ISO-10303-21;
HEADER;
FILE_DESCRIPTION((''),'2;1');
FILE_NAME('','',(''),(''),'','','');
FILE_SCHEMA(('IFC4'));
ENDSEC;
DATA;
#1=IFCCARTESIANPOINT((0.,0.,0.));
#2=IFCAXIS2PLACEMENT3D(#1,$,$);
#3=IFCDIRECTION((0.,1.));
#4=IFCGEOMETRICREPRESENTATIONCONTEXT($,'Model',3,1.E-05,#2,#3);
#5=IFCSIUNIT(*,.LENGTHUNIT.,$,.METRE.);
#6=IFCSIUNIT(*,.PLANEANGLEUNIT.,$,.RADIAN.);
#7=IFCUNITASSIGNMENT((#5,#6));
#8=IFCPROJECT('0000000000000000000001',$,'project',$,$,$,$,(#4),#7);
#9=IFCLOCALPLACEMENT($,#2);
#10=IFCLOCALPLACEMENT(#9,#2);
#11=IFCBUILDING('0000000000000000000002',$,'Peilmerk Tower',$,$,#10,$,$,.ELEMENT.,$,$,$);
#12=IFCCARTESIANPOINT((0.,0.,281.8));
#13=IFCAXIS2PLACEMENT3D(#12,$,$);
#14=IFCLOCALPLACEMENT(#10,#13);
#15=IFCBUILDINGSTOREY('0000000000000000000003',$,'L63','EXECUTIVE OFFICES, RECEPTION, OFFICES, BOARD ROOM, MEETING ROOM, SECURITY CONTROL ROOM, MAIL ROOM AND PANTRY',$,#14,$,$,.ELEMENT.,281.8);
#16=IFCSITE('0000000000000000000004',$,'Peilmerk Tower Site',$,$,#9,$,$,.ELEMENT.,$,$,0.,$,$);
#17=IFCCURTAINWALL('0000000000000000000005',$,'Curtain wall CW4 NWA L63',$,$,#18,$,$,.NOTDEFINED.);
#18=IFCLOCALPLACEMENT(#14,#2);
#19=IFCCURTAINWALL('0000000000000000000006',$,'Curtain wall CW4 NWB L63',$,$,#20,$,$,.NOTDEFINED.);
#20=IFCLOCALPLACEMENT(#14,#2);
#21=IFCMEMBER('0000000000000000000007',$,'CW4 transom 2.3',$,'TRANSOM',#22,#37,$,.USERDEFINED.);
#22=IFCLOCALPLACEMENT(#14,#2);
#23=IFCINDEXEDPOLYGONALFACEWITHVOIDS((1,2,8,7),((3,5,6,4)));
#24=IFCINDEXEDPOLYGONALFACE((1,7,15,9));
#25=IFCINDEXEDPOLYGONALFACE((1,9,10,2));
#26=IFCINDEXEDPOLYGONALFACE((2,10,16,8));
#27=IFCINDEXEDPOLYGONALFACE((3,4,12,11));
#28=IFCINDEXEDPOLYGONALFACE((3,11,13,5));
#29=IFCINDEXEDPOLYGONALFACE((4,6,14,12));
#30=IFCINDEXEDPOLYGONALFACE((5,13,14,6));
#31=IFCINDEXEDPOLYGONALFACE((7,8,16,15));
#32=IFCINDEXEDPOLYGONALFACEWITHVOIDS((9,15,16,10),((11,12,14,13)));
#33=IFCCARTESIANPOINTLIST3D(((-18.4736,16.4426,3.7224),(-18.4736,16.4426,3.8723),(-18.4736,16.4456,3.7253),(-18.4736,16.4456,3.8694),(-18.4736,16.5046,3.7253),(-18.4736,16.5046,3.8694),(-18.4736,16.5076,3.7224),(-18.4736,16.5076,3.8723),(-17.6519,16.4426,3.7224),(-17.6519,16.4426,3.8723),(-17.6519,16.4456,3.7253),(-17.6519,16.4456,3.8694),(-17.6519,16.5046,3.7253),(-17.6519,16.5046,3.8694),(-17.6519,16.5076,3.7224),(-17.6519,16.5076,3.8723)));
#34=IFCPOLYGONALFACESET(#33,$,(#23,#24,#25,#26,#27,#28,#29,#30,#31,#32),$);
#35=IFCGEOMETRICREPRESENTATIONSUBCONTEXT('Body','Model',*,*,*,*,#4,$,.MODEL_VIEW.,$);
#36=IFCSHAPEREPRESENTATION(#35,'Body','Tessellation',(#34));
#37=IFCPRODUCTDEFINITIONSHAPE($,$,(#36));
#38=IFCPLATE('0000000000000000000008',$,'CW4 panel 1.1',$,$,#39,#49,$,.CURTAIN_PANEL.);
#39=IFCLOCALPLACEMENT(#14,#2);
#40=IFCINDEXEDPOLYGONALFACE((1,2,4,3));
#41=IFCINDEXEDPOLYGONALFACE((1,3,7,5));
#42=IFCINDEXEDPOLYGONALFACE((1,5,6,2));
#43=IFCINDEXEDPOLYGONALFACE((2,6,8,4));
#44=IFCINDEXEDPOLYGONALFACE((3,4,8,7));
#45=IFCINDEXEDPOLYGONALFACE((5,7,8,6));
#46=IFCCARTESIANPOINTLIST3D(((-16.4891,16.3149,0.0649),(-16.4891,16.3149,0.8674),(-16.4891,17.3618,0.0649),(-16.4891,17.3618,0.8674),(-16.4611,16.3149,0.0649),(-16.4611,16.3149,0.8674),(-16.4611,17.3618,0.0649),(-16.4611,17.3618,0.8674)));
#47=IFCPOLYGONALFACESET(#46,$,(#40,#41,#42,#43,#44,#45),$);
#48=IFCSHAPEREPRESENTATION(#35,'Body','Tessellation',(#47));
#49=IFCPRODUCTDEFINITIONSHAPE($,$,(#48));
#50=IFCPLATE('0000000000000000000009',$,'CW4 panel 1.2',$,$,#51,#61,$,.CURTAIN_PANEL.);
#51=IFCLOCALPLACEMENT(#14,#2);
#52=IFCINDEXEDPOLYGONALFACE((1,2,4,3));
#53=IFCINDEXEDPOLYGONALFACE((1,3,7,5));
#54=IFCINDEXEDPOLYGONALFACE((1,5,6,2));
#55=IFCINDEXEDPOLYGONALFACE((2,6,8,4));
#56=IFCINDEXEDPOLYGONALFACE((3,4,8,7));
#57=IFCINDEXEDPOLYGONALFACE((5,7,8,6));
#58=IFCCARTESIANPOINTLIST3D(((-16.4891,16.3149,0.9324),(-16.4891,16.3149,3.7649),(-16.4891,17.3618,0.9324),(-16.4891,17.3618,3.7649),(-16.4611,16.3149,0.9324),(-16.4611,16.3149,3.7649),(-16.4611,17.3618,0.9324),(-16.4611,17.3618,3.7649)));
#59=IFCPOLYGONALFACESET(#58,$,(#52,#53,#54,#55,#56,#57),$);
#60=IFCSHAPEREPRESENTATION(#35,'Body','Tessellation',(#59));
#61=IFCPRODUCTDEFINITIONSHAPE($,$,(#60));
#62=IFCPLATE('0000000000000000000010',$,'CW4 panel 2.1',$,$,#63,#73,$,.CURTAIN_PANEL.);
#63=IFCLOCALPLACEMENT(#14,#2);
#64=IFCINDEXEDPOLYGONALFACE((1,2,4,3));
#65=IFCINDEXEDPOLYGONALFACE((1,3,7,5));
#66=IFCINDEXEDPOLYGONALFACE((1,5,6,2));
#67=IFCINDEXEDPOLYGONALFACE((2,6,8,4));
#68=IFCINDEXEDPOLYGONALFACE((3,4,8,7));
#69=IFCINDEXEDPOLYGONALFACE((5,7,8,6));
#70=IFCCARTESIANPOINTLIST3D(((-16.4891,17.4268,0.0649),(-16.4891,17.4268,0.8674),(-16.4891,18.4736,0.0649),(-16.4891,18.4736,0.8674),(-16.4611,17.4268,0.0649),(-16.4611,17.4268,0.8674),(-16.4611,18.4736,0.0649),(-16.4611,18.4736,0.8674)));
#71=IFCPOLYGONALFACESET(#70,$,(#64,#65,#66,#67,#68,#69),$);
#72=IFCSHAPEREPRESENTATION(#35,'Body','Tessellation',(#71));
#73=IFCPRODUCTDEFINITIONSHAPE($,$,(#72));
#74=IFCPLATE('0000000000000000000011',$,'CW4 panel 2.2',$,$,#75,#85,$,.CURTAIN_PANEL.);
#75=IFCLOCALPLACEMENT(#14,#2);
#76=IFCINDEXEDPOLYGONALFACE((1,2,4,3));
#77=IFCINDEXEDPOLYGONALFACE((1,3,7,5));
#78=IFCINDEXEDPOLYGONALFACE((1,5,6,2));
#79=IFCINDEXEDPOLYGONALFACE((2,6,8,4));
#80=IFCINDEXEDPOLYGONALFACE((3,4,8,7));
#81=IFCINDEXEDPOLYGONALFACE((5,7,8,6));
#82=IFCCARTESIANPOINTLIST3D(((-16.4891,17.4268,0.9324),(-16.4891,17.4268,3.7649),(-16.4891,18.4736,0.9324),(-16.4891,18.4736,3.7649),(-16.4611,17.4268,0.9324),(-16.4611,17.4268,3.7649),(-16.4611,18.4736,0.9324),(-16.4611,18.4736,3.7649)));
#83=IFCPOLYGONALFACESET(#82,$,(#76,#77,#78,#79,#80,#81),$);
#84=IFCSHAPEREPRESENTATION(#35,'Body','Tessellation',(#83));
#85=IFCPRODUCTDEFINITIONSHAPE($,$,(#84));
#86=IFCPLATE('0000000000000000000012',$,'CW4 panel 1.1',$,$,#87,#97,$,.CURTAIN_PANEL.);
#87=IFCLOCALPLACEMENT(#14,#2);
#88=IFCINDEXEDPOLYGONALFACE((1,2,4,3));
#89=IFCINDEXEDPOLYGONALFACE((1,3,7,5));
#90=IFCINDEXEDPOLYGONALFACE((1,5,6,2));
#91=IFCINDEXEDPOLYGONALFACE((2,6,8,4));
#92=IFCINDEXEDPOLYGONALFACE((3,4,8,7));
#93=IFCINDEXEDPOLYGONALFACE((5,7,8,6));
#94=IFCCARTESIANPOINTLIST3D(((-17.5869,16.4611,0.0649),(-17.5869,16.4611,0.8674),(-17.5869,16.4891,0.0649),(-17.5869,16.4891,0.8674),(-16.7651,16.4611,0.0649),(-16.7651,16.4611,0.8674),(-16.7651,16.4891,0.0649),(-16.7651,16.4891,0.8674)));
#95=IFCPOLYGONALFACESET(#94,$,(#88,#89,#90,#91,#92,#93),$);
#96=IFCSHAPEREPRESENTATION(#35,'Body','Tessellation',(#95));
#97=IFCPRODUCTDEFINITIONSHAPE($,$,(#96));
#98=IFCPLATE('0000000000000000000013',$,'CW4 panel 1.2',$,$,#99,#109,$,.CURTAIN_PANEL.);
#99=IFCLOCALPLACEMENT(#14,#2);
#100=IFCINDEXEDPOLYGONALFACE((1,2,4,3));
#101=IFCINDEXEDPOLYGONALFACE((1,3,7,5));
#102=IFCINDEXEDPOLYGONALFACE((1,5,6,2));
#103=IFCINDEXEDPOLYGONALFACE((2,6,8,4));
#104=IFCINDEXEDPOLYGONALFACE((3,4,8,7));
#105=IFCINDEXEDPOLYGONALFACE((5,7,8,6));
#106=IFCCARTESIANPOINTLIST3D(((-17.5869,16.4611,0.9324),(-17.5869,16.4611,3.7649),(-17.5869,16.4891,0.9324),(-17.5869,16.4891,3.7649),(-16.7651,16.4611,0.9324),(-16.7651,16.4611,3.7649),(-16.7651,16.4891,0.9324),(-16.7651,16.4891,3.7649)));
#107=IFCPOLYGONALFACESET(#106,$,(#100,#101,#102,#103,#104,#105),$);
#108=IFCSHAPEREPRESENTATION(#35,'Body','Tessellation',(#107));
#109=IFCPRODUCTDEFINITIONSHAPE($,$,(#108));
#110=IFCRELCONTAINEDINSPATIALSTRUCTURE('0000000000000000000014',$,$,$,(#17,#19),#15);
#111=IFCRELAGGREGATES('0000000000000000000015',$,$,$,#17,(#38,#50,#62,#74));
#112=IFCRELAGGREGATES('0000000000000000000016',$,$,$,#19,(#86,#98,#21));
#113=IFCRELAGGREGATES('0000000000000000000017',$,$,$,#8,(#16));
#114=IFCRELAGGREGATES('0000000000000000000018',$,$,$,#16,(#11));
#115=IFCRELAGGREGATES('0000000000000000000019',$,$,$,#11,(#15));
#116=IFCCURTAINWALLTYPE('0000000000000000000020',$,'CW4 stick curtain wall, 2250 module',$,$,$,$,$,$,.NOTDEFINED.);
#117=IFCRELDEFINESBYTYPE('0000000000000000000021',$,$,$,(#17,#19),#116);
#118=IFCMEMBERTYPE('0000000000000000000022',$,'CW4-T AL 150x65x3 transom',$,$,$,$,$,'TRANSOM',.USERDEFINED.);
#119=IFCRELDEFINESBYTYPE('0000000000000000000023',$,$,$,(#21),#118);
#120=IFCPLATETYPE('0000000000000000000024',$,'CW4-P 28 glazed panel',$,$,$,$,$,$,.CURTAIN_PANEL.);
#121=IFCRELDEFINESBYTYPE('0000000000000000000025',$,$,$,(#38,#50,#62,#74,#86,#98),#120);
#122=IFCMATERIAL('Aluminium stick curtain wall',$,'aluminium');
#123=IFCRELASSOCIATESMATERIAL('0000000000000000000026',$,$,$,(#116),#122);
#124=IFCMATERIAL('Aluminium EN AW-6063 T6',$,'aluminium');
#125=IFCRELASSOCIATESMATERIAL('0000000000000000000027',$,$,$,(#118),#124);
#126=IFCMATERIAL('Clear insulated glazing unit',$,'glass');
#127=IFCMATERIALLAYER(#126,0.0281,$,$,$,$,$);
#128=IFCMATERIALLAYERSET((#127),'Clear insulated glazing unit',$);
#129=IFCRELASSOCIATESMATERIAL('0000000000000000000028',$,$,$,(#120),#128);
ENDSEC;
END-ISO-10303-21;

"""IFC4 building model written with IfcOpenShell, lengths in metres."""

from ifc_helpers import new_model, si_unit, direction, frame, origin, origin_2d, place, context, subcontext, project, spatial, rectangle, hollow_rectangle, extrude, material, layer, layer_set, material_profile, profile_set, type_object, element, aggregate, save


model = new_model("IFC4")

# Units and contexts
model_context = context("Model", 3, precision=1e-05, world=origin(), true_north=direction((0.0, 1.0)))
body_context = subcontext(model_context, "Body", "Model", "MODEL_VIEW")
ifc_project = project(units=[si_unit("LENGTHUNIT", "METRE"), si_unit("PLANEANGLEUNIT", "RADIAN")], contexts=[model_context])

# Site, building, storey
site_placement = place(None, origin())
site = spatial("IfcSite", under=ifc_project, at=site_placement, Name="Peilmerk Tower Site", CompositionType="ELEMENT", RefElevation=0.0)
building_placement = place(site_placement, origin())
building = spatial("IfcBuilding", under=site, at=building_placement, Name="Peilmerk Tower", CompositionType="ELEMENT")
storey_placement = place(building_placement, frame((0.0, 0.0, 281.8)))
storey = spatial("IfcBuildingStorey", under=building, at=storey_placement, Name="L63", Description="EXECUTIVE OFFICES, RECEPTION, OFFICES, BOARD ROOM, MEETING ROOM, SECURITY CONTROL ROOM, MAIL ROOM AND PANTRY", CompositionType="ELEMENT", Elevation=281.8)

# Curtain walls
ifc_material_1 = material(Name="Aluminium stick curtain wall", Category="aluminium")
curtain_wall_type = type_object("IfcCurtainWallType", Name="CW4 stick curtain wall, 2250 module", PredefinedType="NOTDEFINED", material=ifc_material_1)
curtain_wall_1_placement = place(storey_placement, origin())
curtain_wall_1 = element("IfcCurtainWall", 1, at=curtain_wall_1_placement, inside=storey, type_object=curtain_wall_type, Name="Curtain wall CW4 NWA L63", PredefinedType="NOTDEFINED")
ifc_material_2 = material(Name="Aluminium EN AW-6063 T6", Category="aluminium")
curtain_wall_2_placement = place(storey_placement, origin())
curtain_wall_2 = element("IfcCurtainWall", 2, at=curtain_wall_2_placement, inside=storey, type_object=curtain_wall_type, Name="Curtain wall CW4 NWB L63", PredefinedType="NOTDEFINED")

# Member
ifc_material_profile_1 = material_profile(ifc_material_2, hollow_rectangle(XDim=0.0649, YDim=0.1499, WallThickness=0.0029, at=origin_2d()), Name="AL 150x65x3")
ifc_profile_set_1 = profile_set([ifc_material_profile_1], Name="Aluminium EN AW-6063 T6")
member_type_1 = type_object("IfcMemberType", Name="CW4-T AL 150x65x3 transom", ElementType="TRANSOM", PredefinedType="USERDEFINED", material=ifc_profile_set_1)
member_1_placement = place(storey_placement, frame((-17.6519, 16.4751, 3.7974), z_axis=(-1.0, 0.0, 0.0), x_axis=(0.0, -1.0, 0.0)))
member_1 = element("IfcMember", 3, at=member_1_placement, type_object=member_type_1, Name="CW4 transom 2.3", ObjectType="TRANSOM", PredefinedType="USERDEFINED", context=body_context, shape_type="SweptSolid", body=[
    extrude(hollow_rectangle(XDim=0.0649, YDim=0.1499, WallThickness=0.0029, at=origin_2d()), origin(), (0.0, 0.0, 1.0), 0.8218),
])

# Plates
ifc_material_3 = material(Name="Clear insulated glazing unit", Category="glass")
ifc_layer_1 = layer(ifc_material_3, 0.0281)
ifc_layer_set_1 = layer_set([ifc_layer_1], Name="Clear insulated glazing unit")
plate_type = type_object("IfcPlateType", Name="CW4-P 28 glazed panel", PredefinedType="CURTAIN_PANEL", material=ifc_layer_set_1)
plate_1_placement = place(storey_placement, frame((-16.4751, 16.8384, 0.0649), z_axis=(0.0, 0.0, 1.0), x_axis=(0.0, 1.0, 0.0)))
plate_1 = element("IfcPlate", 4, at=plate_1_placement, type_object=plate_type, Name="CW4 panel 1.1", PredefinedType="CURTAIN_PANEL", context=body_context, shape_type="SweptSolid", body=[
    extrude(rectangle(XDim=1.0469, YDim=0.0281, at=origin_2d()), origin(), (0.0, 0.0, 1.0), 0.8025),
])
plate_2_placement = place(storey_placement, frame((-16.4751, 16.8384, 0.9324), z_axis=(0.0, 0.0, 1.0), x_axis=(0.0, 1.0, 0.0)))
plate_2 = element("IfcPlate", 5, at=plate_2_placement, type_object=plate_type, Name="CW4 panel 1.2", PredefinedType="CURTAIN_PANEL", context=body_context, shape_type="SweptSolid", body=[
    extrude(rectangle(XDim=1.0469, YDim=0.0281, at=origin_2d()), origin(), (0.0, 0.0, 1.0), 2.8325),
])
plate_3_placement = place(storey_placement, frame((-16.4751, 17.9502, 0.0649), z_axis=(0.0, 0.0, 1.0), x_axis=(0.0, 1.0, 0.0)))
plate_3 = element("IfcPlate", 6, at=plate_3_placement, type_object=plate_type, Name="CW4 panel 2.1", PredefinedType="CURTAIN_PANEL", context=body_context, shape_type="SweptSolid", body=[
    extrude(rectangle(XDim=1.0469, YDim=0.0281, at=origin_2d()), origin(), (0.0, 0.0, 1.0), 0.8025),
])
plate_4_placement = place(storey_placement, frame((-16.4751, 17.9502, 0.9324), z_axis=(0.0, 0.0, 1.0), x_axis=(0.0, 1.0, 0.0)))
plate_4 = element("IfcPlate", 7, at=plate_4_placement, type_object=plate_type, Name="CW4 panel 2.2", PredefinedType="CURTAIN_PANEL", context=body_context, shape_type="SweptSolid", body=[
    extrude(rectangle(XDim=1.0469, YDim=0.0281, at=origin_2d()), origin(), (0.0, 0.0, 1.0), 2.8325),
])
aggregate(curtain_wall_1, [plate_1, plate_2, plate_3, plate_4])
plate_5_placement = place(storey_placement, frame((-17.176, 16.4751, 0.0649), z_axis=(0.0, 0.0, 1.0), x_axis=(-1.0, 0.0, 0.0)))
plate_5 = element("IfcPlate", 8, at=plate_5_placement, type_object=plate_type, Name="CW4 panel 1.1", PredefinedType="CURTAIN_PANEL", context=body_context, shape_type="SweptSolid", body=[
    extrude(rectangle(XDim=0.8218, YDim=0.0281, at=origin_2d()), origin(), (0.0, 0.0, 1.0), 0.8025),
])
plate_6_placement = place(storey_placement, frame((-17.176, 16.4751, 0.9324), z_axis=(0.0, 0.0, 1.0), x_axis=(-1.0, 0.0, 0.0)))
plate_6 = element("IfcPlate", 9, at=plate_6_placement, type_object=plate_type, Name="CW4 panel 1.2", PredefinedType="CURTAIN_PANEL", context=body_context, shape_type="SweptSolid", body=[
    extrude(rectangle(XDim=0.8218, YDim=0.0281, at=origin_2d()), origin(), (0.0, 0.0, 1.0), 2.8325),
])
aggregate(curtain_wall_2, [plate_5, plate_6, member_1])

save(model, "model.ifc")
